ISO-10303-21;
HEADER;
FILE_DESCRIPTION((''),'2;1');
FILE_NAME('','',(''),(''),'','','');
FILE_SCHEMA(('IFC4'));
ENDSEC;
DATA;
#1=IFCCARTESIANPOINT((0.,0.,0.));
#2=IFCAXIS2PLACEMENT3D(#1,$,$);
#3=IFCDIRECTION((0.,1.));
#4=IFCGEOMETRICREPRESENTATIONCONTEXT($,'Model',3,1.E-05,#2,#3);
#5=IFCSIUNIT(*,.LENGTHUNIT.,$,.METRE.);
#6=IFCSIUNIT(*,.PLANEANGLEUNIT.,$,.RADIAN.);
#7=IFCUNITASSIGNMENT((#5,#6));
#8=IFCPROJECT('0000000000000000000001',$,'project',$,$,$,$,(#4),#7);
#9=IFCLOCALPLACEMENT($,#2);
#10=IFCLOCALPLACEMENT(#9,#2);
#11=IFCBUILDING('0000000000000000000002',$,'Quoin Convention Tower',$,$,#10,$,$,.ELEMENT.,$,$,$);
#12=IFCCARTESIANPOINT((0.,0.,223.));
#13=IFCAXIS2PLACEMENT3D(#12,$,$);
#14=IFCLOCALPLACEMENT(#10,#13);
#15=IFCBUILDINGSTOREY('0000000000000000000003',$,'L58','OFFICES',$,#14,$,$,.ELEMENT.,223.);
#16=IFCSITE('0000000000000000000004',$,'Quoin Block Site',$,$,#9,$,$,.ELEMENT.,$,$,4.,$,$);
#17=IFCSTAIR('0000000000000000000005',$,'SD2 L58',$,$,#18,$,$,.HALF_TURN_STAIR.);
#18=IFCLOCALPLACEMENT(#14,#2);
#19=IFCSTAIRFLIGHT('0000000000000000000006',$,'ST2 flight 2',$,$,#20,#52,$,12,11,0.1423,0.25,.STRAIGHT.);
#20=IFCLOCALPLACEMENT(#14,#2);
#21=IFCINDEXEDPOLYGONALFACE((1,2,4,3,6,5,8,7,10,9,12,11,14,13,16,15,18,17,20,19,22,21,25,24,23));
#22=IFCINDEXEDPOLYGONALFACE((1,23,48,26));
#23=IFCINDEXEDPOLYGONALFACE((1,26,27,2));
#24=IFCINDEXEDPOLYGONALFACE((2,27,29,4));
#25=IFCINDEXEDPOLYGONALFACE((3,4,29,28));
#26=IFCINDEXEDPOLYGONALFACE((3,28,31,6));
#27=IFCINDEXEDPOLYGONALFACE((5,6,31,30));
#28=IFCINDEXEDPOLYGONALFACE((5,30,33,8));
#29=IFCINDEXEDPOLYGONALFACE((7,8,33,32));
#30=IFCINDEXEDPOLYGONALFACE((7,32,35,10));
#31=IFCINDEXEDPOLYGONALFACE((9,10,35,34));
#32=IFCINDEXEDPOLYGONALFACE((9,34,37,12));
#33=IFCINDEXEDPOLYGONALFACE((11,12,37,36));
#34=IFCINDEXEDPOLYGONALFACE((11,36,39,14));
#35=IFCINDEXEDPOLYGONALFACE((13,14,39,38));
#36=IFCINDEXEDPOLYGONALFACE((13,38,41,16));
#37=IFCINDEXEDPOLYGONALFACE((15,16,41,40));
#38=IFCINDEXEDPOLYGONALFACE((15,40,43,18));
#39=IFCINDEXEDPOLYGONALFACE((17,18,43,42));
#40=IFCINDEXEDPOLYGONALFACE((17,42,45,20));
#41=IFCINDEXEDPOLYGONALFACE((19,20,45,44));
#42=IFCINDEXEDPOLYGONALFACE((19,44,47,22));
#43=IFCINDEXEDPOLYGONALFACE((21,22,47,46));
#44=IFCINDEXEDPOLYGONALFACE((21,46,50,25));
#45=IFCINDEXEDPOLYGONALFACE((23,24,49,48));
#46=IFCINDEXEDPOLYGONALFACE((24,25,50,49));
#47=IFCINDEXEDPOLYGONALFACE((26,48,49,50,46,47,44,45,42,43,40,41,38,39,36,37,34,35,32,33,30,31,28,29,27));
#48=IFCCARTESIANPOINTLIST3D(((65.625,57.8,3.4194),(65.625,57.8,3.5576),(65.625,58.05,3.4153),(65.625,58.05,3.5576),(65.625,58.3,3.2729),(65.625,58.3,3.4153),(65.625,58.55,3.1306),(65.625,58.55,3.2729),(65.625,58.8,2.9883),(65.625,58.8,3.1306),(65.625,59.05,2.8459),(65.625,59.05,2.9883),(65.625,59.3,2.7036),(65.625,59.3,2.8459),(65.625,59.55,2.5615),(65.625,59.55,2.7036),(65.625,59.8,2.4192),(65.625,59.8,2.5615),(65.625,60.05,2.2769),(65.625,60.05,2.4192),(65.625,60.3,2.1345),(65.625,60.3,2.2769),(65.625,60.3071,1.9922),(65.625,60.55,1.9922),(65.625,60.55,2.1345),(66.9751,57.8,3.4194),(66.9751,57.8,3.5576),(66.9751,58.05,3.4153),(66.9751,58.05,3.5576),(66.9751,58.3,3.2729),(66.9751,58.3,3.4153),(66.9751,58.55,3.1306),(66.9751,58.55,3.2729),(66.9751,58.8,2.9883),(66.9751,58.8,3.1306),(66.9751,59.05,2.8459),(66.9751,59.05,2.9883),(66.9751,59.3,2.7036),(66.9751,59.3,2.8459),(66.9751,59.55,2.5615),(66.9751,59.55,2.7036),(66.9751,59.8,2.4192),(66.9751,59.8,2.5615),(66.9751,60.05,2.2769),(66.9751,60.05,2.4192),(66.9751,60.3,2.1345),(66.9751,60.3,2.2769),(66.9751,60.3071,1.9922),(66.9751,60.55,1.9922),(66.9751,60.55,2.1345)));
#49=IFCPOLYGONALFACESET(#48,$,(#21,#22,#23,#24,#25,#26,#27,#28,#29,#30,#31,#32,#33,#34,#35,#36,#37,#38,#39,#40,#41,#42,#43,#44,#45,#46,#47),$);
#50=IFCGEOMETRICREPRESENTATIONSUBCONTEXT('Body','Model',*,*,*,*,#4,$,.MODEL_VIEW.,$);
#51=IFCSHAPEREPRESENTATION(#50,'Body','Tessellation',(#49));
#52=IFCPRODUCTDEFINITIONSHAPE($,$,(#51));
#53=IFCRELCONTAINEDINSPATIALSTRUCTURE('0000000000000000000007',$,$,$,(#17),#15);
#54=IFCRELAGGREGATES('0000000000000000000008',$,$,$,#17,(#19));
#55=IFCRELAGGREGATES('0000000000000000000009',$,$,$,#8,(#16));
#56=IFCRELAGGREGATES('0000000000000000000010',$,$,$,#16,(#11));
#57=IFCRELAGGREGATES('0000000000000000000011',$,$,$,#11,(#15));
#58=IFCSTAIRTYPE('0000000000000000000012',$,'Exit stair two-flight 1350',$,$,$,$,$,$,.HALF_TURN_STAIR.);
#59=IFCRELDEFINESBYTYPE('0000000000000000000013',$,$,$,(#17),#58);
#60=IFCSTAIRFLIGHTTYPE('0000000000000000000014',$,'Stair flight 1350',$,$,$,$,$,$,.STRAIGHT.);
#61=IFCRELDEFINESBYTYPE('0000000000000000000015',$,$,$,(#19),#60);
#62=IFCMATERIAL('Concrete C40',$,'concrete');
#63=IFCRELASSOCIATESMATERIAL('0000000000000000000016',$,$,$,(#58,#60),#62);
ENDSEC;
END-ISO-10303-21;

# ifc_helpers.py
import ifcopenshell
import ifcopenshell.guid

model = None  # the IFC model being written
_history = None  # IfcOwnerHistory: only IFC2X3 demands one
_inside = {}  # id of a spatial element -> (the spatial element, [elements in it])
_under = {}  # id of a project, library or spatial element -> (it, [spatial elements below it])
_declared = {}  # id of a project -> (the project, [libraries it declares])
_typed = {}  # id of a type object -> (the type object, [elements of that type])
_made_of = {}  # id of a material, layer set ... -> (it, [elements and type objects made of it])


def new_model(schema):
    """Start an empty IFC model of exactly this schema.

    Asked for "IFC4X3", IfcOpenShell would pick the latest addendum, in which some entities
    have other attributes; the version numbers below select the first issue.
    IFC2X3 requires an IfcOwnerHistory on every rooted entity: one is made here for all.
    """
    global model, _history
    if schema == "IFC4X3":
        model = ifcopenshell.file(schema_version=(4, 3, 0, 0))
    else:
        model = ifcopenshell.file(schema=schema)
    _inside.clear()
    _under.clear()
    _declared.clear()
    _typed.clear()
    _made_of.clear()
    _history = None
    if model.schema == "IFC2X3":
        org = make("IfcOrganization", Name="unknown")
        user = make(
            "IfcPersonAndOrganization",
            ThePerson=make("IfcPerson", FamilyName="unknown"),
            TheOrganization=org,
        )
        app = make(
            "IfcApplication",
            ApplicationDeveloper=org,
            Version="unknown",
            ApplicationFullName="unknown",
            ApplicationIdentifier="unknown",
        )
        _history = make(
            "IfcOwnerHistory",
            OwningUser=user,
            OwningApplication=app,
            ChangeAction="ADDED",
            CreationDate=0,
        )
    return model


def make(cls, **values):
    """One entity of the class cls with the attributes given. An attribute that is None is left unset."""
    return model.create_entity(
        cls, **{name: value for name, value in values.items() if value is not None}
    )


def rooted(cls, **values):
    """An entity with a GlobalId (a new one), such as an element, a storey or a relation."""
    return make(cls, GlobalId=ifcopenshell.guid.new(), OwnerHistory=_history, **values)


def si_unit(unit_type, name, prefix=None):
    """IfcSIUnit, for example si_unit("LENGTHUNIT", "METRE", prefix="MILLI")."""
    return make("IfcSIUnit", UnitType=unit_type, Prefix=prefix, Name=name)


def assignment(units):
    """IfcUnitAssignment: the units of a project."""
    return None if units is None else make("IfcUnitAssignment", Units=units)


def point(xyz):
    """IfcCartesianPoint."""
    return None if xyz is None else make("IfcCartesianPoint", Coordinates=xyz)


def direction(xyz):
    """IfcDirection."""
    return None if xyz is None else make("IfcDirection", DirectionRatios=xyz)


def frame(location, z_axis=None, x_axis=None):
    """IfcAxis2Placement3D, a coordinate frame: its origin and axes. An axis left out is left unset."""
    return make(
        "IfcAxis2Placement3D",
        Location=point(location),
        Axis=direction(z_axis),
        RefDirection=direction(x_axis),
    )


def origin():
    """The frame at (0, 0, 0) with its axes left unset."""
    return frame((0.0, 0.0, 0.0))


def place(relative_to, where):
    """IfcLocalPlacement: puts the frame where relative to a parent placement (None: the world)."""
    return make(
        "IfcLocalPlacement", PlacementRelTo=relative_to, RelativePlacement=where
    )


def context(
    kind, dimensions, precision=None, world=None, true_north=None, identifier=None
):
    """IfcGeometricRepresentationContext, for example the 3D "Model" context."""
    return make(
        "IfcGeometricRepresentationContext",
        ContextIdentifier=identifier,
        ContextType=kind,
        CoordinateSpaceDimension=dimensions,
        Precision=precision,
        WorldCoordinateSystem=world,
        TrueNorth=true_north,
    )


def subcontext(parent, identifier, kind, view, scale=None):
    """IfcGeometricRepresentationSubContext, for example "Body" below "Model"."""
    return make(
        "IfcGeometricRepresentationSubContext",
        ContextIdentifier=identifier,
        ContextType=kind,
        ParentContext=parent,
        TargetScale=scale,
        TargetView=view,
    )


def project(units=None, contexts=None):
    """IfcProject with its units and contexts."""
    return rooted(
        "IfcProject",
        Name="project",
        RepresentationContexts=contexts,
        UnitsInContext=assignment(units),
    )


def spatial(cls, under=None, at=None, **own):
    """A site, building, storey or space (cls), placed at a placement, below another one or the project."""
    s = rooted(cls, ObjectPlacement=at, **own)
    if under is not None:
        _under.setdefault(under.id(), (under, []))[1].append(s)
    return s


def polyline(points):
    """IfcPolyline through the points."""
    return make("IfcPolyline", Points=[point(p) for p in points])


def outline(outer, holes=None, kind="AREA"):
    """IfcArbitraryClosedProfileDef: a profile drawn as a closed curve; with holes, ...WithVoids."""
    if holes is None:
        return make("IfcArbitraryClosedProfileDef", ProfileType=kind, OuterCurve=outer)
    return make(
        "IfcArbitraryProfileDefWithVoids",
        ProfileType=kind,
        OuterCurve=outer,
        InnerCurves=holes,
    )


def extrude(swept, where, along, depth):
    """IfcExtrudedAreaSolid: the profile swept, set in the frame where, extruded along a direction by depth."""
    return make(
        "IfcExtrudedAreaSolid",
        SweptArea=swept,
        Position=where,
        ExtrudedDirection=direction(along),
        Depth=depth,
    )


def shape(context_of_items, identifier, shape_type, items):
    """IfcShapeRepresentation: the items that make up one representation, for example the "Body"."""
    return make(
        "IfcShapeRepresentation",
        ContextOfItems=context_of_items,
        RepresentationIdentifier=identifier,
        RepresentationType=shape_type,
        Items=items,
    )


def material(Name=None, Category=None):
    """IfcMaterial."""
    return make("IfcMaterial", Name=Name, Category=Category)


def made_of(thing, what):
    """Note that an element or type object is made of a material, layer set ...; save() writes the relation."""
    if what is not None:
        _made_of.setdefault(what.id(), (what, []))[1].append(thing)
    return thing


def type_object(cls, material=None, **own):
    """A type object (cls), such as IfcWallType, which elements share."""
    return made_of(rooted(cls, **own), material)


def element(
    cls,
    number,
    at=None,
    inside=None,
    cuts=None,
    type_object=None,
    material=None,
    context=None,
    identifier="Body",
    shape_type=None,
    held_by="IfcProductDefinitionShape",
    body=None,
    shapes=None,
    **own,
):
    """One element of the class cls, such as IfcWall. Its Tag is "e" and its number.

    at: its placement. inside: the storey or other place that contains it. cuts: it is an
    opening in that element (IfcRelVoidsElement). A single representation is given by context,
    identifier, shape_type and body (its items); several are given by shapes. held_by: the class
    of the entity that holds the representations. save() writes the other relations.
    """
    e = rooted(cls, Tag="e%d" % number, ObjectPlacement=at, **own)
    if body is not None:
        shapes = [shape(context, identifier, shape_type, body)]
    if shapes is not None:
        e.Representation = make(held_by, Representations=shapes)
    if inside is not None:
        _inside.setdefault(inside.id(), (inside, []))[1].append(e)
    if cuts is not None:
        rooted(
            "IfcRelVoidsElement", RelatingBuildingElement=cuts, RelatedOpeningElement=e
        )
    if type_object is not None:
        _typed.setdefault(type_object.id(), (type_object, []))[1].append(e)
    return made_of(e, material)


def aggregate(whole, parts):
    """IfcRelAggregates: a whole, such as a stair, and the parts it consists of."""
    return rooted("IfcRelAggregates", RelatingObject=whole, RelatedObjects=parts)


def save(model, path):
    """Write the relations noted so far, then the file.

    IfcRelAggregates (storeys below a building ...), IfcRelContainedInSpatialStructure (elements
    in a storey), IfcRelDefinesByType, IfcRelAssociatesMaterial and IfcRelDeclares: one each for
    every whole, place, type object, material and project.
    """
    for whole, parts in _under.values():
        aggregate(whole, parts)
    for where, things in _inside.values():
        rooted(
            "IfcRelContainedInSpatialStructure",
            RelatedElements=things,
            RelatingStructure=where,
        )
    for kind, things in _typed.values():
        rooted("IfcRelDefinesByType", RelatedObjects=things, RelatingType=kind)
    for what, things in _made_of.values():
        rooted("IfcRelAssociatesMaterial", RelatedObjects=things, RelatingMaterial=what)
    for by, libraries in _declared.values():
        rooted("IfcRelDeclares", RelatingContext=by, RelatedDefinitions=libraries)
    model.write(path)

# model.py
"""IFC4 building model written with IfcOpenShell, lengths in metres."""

from ifc_helpers import new_model, si_unit, direction, frame, origin, place, context, subcontext, project, spatial, polyline, outline, extrude, material, type_object, element, aggregate, save


model = new_model("IFC4")

# Units and contexts
model_context = context("Model", 3, precision=1e-05, world=origin(), true_north=direction((0.0, 1.0)))
body_context = subcontext(model_context, "Body", "Model", "MODEL_VIEW")
ifc_project = project(units=[si_unit("LENGTHUNIT", "METRE"), si_unit("PLANEANGLEUNIT", "RADIAN")], contexts=[model_context])

# Site, building, storey
site_placement = place(None, origin())
site = spatial("IfcSite", under=ifc_project, at=site_placement, Name="Quoin Block Site", CompositionType="ELEMENT", RefElevation=4.0)
building_placement = place(site_placement, origin())
building = spatial("IfcBuilding", under=site, at=building_placement, Name="Quoin Convention Tower", CompositionType="ELEMENT")
storey_placement = place(building_placement, frame((0.0, 0.0, 223.0)))
storey = spatial("IfcBuildingStorey", under=building, at=storey_placement, Name="L58", Description="OFFICES", CompositionType="ELEMENT", Elevation=223.0)

# Stair, stair flight
ifc_material_1 = material(Name="Concrete C40", Category="concrete")
stair_type = type_object("IfcStairType", Name="Exit stair two-flight 1350", PredefinedType="HALF_TURN_STAIR", material=ifc_material_1)
stair_placement = place(storey_placement, origin())
stair = element("IfcStair", 1, at=stair_placement, inside=storey, type_object=stair_type, Name="SD2 L58", PredefinedType="HALF_TURN_STAIR")
stair_flight_type = type_object("IfcStairFlightType", Name="Stair flight 1350", PredefinedType="STRAIGHT", material=ifc_material_1)
stair_flight_placement = place(storey_placement, frame((66.3, 60.55, 1.9922), z_axis=(0.0, 0.0, 1.0), x_axis=(0.0, -1.0, 0.0)))
stair_flight = element("IfcStairFlight", 2, at=stair_flight_placement, type_object=stair_flight_type, Name="ST2 flight 2", NumberOfRisers=12, NumberOfTreads=11, PredefinedType="STRAIGHT", RiserHeight=0.1423, TreadLength=0.25, context=body_context, shape_type="SweptSolid", body=[
    extrude(outline(polyline([(0.0, 0.0), (0.0, 0.1423), (0.25, 0.1423), (0.25, 0.2847), (0.5, 0.2847), (0.5, 0.427), (0.75, 0.427), (0.75, 0.5693), (1.0, 0.5693), (1.0, 0.7114), (1.25, 0.7114), (1.25, 0.8538), (1.5, 0.8538), (1.5, 0.9961), (1.75, 0.9961), (1.75, 1.1384), (2.0, 1.1384), (2.0, 1.2808), (2.25, 1.2808), (2.25, 1.4231), (2.5, 1.4231), (2.5, 1.5654), (2.75, 1.5654), (2.75, 1.7078), (2.75, 1.4272), (0.2429, 0.0), (0.0, 0.0)])), frame((0.0, 0.675, 0.0), z_axis=(0.0, -1.0, 0.0), x_axis=(1.0, 0.0, 0.0)), (0.0, 0.0, 1.0), 1.3501),
])
aggregate(stair, [stair_flight])

save(model, "model.ifc")
